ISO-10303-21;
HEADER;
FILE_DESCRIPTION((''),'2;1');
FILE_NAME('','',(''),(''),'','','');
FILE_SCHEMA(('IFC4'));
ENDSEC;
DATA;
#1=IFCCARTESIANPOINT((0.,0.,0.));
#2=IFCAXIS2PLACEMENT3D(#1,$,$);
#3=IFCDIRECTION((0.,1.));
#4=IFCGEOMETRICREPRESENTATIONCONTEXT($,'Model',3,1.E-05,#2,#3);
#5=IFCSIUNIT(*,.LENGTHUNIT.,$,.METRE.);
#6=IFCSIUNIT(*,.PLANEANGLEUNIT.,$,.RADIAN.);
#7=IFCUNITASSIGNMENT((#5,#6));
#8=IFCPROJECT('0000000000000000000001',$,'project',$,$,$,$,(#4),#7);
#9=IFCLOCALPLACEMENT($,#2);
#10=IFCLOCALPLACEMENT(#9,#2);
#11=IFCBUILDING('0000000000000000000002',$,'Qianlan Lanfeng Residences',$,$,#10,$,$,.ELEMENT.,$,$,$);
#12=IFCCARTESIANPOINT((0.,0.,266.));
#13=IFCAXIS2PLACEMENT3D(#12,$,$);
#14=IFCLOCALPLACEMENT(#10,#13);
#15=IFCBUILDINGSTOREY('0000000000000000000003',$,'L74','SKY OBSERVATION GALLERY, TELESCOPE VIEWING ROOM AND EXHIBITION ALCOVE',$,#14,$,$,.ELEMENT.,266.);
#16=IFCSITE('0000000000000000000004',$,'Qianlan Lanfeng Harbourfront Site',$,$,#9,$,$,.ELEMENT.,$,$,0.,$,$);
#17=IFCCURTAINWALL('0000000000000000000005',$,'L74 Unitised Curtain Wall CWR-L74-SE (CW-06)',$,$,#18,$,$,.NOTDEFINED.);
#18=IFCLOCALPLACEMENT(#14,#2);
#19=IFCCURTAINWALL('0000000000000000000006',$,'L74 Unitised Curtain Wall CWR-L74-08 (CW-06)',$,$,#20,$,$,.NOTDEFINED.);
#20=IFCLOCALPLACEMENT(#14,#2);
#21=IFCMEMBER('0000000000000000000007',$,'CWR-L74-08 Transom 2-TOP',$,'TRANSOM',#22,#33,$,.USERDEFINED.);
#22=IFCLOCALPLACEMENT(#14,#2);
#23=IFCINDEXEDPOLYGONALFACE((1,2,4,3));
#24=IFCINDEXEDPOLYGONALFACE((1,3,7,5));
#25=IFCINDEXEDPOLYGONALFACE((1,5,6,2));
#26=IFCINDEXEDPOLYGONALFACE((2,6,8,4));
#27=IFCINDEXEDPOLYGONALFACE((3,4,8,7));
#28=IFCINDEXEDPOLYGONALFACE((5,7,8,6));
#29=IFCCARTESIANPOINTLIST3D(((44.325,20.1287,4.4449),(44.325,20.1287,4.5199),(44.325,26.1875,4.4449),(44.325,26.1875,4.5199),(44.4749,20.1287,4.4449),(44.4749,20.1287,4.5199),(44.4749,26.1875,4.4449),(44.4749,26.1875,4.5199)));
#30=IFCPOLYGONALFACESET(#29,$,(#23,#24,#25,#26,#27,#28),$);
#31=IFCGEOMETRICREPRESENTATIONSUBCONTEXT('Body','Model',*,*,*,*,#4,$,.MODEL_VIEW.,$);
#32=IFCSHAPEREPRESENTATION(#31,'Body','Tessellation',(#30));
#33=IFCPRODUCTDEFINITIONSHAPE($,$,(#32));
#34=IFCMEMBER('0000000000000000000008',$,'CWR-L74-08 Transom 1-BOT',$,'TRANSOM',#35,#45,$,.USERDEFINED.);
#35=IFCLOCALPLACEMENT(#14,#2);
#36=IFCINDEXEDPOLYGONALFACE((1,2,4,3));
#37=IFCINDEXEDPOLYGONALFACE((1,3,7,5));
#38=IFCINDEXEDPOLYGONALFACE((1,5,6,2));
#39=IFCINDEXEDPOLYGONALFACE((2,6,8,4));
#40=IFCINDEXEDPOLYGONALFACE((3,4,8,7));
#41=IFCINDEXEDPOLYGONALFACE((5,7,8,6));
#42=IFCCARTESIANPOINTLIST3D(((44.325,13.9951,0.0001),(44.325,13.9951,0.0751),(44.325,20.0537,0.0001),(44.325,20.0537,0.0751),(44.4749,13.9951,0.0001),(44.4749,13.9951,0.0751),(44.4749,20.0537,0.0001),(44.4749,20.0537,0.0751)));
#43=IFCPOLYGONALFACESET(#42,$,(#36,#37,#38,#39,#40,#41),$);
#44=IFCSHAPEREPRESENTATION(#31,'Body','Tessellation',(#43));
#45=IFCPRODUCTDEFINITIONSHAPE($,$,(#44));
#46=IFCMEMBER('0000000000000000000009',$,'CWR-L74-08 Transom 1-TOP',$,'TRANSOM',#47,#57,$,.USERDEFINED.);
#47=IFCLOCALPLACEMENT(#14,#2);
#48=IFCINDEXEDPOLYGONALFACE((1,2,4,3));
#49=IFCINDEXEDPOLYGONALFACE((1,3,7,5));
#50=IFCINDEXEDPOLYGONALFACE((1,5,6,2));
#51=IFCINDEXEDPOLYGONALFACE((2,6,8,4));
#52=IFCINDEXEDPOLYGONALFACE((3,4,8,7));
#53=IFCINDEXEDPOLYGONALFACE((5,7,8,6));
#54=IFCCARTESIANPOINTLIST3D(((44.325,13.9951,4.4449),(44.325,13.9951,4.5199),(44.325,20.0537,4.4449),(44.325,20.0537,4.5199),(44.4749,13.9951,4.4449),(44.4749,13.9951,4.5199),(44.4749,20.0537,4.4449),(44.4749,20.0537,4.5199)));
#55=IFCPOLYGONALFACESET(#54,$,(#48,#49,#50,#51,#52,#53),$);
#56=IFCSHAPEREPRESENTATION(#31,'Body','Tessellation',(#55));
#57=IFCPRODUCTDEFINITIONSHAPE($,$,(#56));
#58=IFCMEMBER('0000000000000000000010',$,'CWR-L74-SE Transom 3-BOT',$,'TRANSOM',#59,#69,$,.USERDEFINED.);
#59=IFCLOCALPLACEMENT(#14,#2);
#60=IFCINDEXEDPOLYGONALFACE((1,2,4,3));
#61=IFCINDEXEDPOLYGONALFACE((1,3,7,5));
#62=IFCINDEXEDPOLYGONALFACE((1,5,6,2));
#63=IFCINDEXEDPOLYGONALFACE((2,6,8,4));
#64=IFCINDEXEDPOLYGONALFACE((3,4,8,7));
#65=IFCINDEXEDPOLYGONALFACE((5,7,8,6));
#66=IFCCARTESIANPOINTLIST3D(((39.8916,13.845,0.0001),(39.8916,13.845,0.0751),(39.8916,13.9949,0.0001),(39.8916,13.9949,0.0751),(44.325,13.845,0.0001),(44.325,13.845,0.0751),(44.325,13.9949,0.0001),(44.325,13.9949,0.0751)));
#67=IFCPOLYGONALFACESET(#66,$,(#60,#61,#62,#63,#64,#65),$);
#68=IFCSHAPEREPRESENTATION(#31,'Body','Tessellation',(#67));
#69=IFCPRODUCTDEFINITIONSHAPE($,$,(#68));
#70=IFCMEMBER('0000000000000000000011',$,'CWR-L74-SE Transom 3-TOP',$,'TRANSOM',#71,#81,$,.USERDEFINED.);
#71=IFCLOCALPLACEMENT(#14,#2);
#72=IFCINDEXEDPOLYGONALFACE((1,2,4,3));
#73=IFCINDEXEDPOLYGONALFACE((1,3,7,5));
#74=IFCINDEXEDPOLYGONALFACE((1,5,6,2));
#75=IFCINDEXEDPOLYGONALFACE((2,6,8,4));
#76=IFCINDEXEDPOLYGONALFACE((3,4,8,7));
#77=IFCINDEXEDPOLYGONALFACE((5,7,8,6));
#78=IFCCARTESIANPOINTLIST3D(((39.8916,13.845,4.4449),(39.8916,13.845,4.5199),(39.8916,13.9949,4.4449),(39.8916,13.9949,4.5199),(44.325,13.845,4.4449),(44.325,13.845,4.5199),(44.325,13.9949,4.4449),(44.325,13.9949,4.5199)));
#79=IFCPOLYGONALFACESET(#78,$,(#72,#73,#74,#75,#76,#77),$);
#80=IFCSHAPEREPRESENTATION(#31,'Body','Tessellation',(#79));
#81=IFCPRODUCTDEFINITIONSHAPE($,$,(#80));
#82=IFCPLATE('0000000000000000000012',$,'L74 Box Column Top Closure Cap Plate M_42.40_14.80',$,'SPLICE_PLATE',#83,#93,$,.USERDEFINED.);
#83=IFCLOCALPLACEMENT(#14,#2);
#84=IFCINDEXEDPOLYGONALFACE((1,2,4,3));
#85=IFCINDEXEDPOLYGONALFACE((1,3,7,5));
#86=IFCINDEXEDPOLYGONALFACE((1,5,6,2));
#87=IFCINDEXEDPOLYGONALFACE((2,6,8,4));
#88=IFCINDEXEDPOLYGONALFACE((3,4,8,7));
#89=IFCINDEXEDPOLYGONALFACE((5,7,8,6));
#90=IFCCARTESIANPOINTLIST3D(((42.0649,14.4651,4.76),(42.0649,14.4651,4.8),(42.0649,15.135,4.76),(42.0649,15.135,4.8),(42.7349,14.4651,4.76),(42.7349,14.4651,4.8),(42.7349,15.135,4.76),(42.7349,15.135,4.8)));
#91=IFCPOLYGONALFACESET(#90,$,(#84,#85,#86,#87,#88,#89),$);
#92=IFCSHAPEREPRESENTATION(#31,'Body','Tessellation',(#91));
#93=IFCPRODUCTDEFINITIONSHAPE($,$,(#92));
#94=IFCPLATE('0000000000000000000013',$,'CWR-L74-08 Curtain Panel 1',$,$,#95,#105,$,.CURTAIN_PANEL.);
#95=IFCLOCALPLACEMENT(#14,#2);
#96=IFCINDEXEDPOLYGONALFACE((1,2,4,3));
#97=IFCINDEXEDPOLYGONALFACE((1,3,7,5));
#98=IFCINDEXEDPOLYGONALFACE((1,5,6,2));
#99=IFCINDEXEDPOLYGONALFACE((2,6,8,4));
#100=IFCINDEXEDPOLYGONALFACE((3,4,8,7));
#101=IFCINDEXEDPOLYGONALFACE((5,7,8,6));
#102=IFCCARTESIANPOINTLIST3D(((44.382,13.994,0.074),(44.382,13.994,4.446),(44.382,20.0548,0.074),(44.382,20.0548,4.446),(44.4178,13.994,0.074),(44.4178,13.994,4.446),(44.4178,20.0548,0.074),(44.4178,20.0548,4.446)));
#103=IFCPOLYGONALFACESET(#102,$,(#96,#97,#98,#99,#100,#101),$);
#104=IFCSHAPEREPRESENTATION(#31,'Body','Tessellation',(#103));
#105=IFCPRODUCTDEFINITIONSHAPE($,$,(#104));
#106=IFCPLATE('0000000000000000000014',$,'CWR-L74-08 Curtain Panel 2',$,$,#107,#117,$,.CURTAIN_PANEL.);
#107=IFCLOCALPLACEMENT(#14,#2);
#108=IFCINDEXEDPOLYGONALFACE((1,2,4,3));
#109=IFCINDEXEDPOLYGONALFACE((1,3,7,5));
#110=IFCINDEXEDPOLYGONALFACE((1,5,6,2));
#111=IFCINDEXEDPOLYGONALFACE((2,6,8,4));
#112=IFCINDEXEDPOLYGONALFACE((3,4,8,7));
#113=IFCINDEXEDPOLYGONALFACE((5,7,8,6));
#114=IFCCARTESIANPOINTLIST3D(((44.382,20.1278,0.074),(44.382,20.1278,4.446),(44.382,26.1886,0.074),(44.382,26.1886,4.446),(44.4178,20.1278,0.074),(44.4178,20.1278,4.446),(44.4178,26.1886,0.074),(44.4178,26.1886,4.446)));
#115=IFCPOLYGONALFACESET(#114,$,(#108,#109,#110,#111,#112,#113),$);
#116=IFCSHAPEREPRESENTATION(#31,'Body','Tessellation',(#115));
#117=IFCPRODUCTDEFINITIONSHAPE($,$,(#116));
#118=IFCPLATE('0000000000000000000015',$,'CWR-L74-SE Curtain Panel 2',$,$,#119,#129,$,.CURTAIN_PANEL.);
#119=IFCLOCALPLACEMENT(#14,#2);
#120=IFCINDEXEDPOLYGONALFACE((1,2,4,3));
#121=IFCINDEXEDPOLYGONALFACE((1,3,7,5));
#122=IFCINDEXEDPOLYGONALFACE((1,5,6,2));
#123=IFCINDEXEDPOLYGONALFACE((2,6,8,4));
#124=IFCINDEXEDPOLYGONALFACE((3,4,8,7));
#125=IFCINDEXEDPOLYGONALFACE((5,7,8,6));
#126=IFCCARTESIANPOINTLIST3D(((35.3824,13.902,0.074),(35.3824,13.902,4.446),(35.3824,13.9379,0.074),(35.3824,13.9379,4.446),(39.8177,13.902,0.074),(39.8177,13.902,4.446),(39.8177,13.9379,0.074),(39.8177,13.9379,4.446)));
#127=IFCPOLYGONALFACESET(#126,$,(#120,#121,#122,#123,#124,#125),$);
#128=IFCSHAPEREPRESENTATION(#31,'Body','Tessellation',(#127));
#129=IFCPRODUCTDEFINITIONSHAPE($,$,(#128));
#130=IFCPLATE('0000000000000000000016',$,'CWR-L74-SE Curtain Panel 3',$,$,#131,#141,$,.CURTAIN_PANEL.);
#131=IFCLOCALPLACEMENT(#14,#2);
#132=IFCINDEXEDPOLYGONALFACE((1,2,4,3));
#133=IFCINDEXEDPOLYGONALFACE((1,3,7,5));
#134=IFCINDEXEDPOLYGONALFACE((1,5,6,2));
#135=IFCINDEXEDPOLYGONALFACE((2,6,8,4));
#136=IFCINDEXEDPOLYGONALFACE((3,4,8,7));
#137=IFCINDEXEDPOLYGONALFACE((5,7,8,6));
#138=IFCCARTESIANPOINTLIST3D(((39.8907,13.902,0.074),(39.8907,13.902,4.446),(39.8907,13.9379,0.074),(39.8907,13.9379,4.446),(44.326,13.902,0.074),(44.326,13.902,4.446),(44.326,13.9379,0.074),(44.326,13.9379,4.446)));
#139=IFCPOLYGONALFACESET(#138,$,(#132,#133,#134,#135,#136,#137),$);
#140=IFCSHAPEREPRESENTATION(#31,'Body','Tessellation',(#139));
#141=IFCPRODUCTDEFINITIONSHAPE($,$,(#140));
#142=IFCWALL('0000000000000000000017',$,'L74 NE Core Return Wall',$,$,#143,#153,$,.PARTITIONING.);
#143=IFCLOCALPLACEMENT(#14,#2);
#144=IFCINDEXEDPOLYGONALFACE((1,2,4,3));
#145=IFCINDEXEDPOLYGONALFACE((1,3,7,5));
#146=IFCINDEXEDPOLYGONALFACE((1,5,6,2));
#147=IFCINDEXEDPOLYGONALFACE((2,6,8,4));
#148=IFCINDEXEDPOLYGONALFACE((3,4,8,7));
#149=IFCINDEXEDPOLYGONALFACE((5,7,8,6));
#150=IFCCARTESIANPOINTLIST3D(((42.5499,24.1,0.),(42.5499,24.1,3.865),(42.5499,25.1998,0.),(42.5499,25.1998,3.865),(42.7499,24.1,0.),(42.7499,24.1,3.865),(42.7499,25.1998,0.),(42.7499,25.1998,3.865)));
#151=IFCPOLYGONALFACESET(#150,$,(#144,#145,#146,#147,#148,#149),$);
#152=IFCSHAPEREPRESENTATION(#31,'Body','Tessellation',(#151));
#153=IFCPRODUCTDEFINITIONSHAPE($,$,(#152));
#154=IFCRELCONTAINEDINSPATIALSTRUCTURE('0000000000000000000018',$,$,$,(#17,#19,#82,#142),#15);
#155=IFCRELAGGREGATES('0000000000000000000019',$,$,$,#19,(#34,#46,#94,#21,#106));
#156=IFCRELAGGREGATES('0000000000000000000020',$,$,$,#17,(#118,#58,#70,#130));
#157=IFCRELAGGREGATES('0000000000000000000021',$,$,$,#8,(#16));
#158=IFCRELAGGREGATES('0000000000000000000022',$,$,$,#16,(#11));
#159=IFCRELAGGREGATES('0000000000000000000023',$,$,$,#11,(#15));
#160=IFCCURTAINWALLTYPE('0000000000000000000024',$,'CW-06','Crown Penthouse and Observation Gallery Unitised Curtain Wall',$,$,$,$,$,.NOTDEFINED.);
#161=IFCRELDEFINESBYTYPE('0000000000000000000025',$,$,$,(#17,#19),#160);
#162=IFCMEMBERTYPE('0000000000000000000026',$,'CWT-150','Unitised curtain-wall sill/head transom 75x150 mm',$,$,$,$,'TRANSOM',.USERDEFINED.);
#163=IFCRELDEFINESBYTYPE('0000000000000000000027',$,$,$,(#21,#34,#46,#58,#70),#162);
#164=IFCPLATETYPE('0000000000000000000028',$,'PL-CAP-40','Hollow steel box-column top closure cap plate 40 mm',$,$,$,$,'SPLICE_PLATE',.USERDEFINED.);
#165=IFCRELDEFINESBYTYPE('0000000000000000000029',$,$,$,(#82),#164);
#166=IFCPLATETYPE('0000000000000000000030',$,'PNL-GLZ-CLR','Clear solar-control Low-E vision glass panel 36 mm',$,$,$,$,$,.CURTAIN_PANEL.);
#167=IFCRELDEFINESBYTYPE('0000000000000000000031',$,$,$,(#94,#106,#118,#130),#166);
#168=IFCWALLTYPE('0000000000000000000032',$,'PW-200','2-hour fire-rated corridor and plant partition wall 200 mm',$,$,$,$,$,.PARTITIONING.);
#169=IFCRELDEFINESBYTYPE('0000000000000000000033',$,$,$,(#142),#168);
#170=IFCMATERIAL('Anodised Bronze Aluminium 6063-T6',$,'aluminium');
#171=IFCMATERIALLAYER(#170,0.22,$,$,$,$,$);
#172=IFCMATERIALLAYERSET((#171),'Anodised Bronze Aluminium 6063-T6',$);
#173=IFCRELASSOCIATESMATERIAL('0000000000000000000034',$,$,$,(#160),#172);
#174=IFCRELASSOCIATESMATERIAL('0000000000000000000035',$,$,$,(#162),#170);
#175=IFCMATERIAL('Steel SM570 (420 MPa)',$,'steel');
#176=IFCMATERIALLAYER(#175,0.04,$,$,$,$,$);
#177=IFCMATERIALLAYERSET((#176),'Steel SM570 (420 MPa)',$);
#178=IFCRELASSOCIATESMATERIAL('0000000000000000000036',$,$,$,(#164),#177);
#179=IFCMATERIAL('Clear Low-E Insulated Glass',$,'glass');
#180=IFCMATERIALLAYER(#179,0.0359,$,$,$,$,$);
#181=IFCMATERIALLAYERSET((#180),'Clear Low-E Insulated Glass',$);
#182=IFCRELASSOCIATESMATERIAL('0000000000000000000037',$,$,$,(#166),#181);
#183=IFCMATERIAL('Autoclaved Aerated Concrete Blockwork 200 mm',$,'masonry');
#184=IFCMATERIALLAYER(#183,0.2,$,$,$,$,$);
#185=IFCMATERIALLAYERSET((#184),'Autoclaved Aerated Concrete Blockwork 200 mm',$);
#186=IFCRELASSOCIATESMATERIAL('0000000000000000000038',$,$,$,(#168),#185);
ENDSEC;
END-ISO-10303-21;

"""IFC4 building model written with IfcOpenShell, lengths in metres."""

from ifc_helpers import new_model, si_unit, direction, frame, frame_2d, origin, origin_2d, place, context, subcontext, project, spatial, rectangle, extrude, source, transform, mapped, material, layer, layer_set, material_profile, profile_set, type_object, element, aggregate, save


model = new_model("IFC4")

# Units and contexts
model_context = context("Model", 3, precision=1e-05, world=origin(), true_north=direction((0.0, 1.0)))
body_context = subcontext(model_context, "Body", "Model", "MODEL_VIEW")
ifc_project = project(units=[si_unit("LENGTHUNIT", "METRE"), si_unit("PLANEANGLEUNIT", "RADIAN")], contexts=[model_context])

# Site, building, storey
site_placement = place(None, origin())
site = spatial("IfcSite", under=ifc_project, at=site_placement, Name="Qianlan Lanfeng Harbourfront Site", CompositionType="ELEMENT", RefElevation=0.0)
building_placement = place(site_placement, origin())
building = spatial("IfcBuilding", under=site, at=building_placement, Name="Qianlan Lanfeng Residences", CompositionType="ELEMENT")
storey_placement = place(building_placement, frame((0.0, 0.0, 266.0)))
storey = spatial("IfcBuildingStorey", under=building, at=storey_placement, Name="L74", Description="SKY OBSERVATION GALLERY, TELESCOPE VIEWING ROOM AND EXHIBITION ALCOVE", CompositionType="ELEMENT", Elevation=266.0)

# Curtain walls, members
ifc_material_1 = material(Name="Anodised Bronze Aluminium 6063-T6", Category="aluminium")
ifc_layer_1 = layer(ifc_material_1, 0.22)
ifc_layer_set_1 = layer_set([ifc_layer_1], Name="Anodised Bronze Aluminium 6063-T6")
curtain_wall_type = type_object("IfcCurtainWallType", Name="CW-06", Description="Crown Penthouse and Observation Gallery Unitised Curtain Wall", PredefinedType="NOTDEFINED", material=ifc_layer_set_1)
curtain_wall_1_placement = place(storey_placement, origin())
curtain_wall_1 = element("IfcCurtainWall", 1, at=curtain_wall_1_placement, inside=storey, type_object=curtain_wall_type, Name="L74 Unitised Curtain Wall CWR-L74-SE (CW-06)", PredefinedType="NOTDEFINED")
curtain_wall_2_placement = place(storey_placement, origin())
curtain_wall_2 = element("IfcCurtainWall", 2, at=curtain_wall_2_placement, inside=storey, type_object=curtain_wall_type, Name="L74 Unitised Curtain Wall CWR-L74-08 (CW-06)", PredefinedType="NOTDEFINED")
ifc_material_profile_1 = material_profile(ifc_material_1, rectangle(XDim=0.075, YDim=0.1499, at=origin_2d()), Name="ALU TRANSOM 75x150")
ifc_profile_set_1 = profile_set([ifc_material_profile_1], Name="Anodised Bronze Aluminium 6063-T6")
member_type_1 = type_object("IfcMemberType", Name="CWT-150", Description="Unitised curtain-wall sill/head transom 75x150 mm", ElementType="TRANSOM", PredefinedType="USERDEFINED", material=ifc_profile_set_1)
shared_shape_1 = source(origin(), body_context, "Body", "SweptSolid", [
    extrude(rectangle(XDim=0.075, YDim=0.1499, at=origin_2d()), origin(), (0.0, 0.0, 1.0), 6.0588),
])
member_1_placement = place(storey_placement, frame((44.3999, 20.1287, 4.4824), z_axis=(0.0, 1.0, 0.0), x_axis=(0.0, 0.0, 1.0)))
member_1 = element("IfcMember", 3, at=member_1_placement, type_object=member_type_1, Name="CWR-L74-08 Transom 2-TOP", ObjectType="TRANSOM", PredefinedType="USERDEFINED", context=body_context, shape_type="MappedRepresentation", body=[
    mapped(shared_shape_1, transform((0.0, 0.0, 0.0), scale=1.0)),
])
shared_shape_2 = source(origin(), body_context, "Body", "SweptSolid", [
    extrude(rectangle(XDim=0.075, YDim=0.1499, at=origin_2d()), origin(), (0.0, 0.0, 1.0), 6.0586),
])
member_2_placement = place(storey_placement, frame((44.3999, 13.9951, 0.0376), z_axis=(0.0, 1.0, 0.0), x_axis=(0.0, 0.0, 1.0)))
member_2 = element("IfcMember", 4, at=member_2_placement, type_object=member_type_1, Name="CWR-L74-08 Transom 1-BOT", ObjectType="TRANSOM", PredefinedType="USERDEFINED", context=body_context, shape_type="MappedRepresentation", body=[
    mapped(shared_shape_2, transform((0.0, 0.0, 0.0), scale=1.0)),
])
member_3_placement = place(storey_placement, frame((44.3999, 13.9951, 4.4824), z_axis=(0.0, 1.0, 0.0), x_axis=(0.0, 0.0, 1.0)))
member_3 = element("IfcMember", 5, at=member_3_placement, type_object=member_type_1, Name="CWR-L74-08 Transom 1-TOP", ObjectType="TRANSOM", PredefinedType="USERDEFINED", context=body_context, shape_type="MappedRepresentation", body=[
    mapped(shared_shape_2, transform((0.0, 0.0, 0.0), scale=1.0)),
])

# Members
shared_shape_3 = source(origin(), body_context, "Body", "SweptSolid", [
    extrude(rectangle(XDim=0.075, YDim=0.1499, at=origin_2d()), origin(), (0.0, 0.0, 1.0), 4.4333),
])
member_4_placement = place(storey_placement, frame((39.8916, 13.9199, 0.0376), z_axis=(1.0, 0.0, 0.0), x_axis=(0.0, 0.0, 1.0)))
member_4 = element("IfcMember", 6, at=member_4_placement, type_object=member_type_1, Name="CWR-L74-SE Transom 3-BOT", ObjectType="TRANSOM", PredefinedType="USERDEFINED", context=body_context, shape_type="MappedRepresentation", body=[
    mapped(shared_shape_3, transform((0.0, 0.0, 0.0), scale=1.0)),
])
member_5_placement = place(storey_placement, frame((39.8916, 13.9199, 4.4824), z_axis=(1.0, 0.0, 0.0), x_axis=(0.0, 0.0, 1.0)))
member_5 = element("IfcMember", 7, at=member_5_placement, type_object=member_type_1, Name="CWR-L74-SE Transom 3-TOP", ObjectType="TRANSOM", PredefinedType="USERDEFINED", context=body_context, shape_type="MappedRepresentation", body=[
    mapped(shared_shape_3, transform((0.0, 0.0, 0.0), scale=1.0)),
])

# Plates
ifc_material_2 = material(Name="Steel SM570 (420 MPa)", Category="steel")
ifc_layer_2 = layer(ifc_material_2, 0.04)
ifc_layer_set_2 = layer_set([ifc_layer_2], Name="Steel SM570 (420 MPa)")
plate_type_1 = type_object("IfcPlateType", Name="PL-CAP-40", Description="Hollow steel box-column top closure cap plate 40 mm", ElementType="SPLICE_PLATE", PredefinedType="USERDEFINED", material=ifc_layer_set_2)
shared_shape_4 = source(origin(), body_context, "Body", "SweptSolid", [
    extrude(rectangle(XDim=0.6699, YDim=0.6699, at=origin_2d()), origin(), (0.0, 0.0, 1.0), 0.04),
])
plate_1_placement = place(storey_placement, frame((42.3999, 14.8, 4.76), z_axis=(0.0, 0.0, 1.0), x_axis=(1.0, 0.0, 0.0)))
element("IfcPlate", 8, at=plate_1_placement, inside=storey, type_object=plate_type_1, Name="L74 Box Column Top Closure Cap Plate M_42.40_14.80", ObjectType="SPLICE_PLATE", PredefinedType="USERDEFINED", context=body_context, shape_type="MappedRepresentation", body=[
    mapped(shared_shape_4, transform((0.0, 0.0, 0.0), scale=1.0)),
])
ifc_material_3 = material(Name="Clear Low-E Insulated Glass", Category="glass")
ifc_layer_3 = layer(ifc_material_3, 0.0359)
ifc_layer_set_3 = layer_set([ifc_layer_3], Name="Clear Low-E Insulated Glass")
plate_type_2 = type_object("IfcPlateType", Name="PNL-GLZ-CLR", Description="Clear solar-control Low-E vision glass panel 36 mm", PredefinedType="CURTAIN_PANEL", material=ifc_layer_set_3)
shared_shape_5 = source(origin(), body_context, "Body", "SweptSolid", [
    extrude(rectangle(XDim=6.0608, YDim=0.0359, at=origin_2d()), origin(), (0.0, 0.0, 1.0), 4.3721),
])
plate_2_placement = place(storey_placement, frame((44.3999, 17.0244, 0.074), z_axis=(0.0, 0.0, 1.0), x_axis=(0.0, 1.0, 0.0)))
plate_2 = element("IfcPlate", 9, at=plate_2_placement, type_object=plate_type_2, Name="CWR-L74-08 Curtain Panel 1", PredefinedType="CURTAIN_PANEL", context=body_context, shape_type="MappedRepresentation", body=[
    mapped(shared_shape_5, transform((0.0, 0.0, 0.0), scale=1.0)),
])
plate_3_placement = place(storey_placement, frame((44.3999, 23.1582, 0.074), z_axis=(0.0, 0.0, 1.0), x_axis=(0.0, 1.0, 0.0)))
plate_3 = element("IfcPlate", 10, at=plate_3_placement, type_object=plate_type_2, Name="CWR-L74-08 Curtain Panel 2", PredefinedType="CURTAIN_PANEL", context=body_context, shape_type="MappedRepresentation", body=[
    mapped(shared_shape_5, transform((0.0, 0.0, 0.0), scale=1.0)),
])
aggregate(curtain_wall_2, [member_2, member_3, plate_2, member_1, plate_3])
shared_shape_6 = source(origin(), body_context, "Body", "SweptSolid", [
    extrude(rectangle(XDim=4.4353, YDim=0.0359, at=origin_2d()), origin(), (0.0, 0.0, 1.0), 4.3721),
])
plate_4_placement = place(storey_placement, frame((37.6001, 13.9199, 0.074), z_axis=(0.0, 0.0, 1.0), x_axis=(1.0, 0.0, 0.0)))
plate_4 = element("IfcPlate", 11, at=plate_4_placement, type_object=plate_type_2, Name="CWR-L74-SE Curtain Panel 2", PredefinedType="CURTAIN_PANEL", context=body_context, shape_type="MappedRepresentation", body=[
    mapped(shared_shape_6, transform((0.0, 0.0, 0.0), scale=1.0)),
])
plate_5_placement = place(storey_placement, frame((42.1084, 13.9199, 0.074), z_axis=(0.0, 0.0, 1.0), x_axis=(1.0, 0.0, 0.0)))
plate_5 = element("IfcPlate", 12, at=plate_5_placement, type_object=plate_type_2, Name="CWR-L74-SE Curtain Panel 3", PredefinedType="CURTAIN_PANEL", context=body_context, shape_type="MappedRepresentation", body=[
    mapped(shared_shape_6, transform((0.0, 0.0, 0.0), scale=1.0)),
])
aggregate(curtain_wall_1, [plate_4, member_4, member_5, plate_5])

# Wall
ifc_material_4 = material(Name="Autoclaved Aerated Concrete Blockwork 200 mm", Category="masonry")
ifc_layer_4 = layer(ifc_material_4, 0.2)
ifc_layer_set_4 = layer_set([ifc_layer_4], Name="Autoclaved Aerated Concrete Blockwork 200 mm")
wall_type_1 = type_object("IfcWallType", Name="PW-200", Description="2-hour fire-rated corridor and plant partition wall 200 mm", PredefinedType="PARTITIONING", material=ifc_layer_set_4)
wall_1_placement = place(storey_placement, frame((42.6499, 24.1001, 0.0), z_axis=(0.0, 0.0, 1.0), x_axis=(0.0, 1.0, 0.0)))
element("IfcWall", 13, at=wall_1_placement, inside=storey, type_object=wall_type_1, Name="L74 NE Core Return Wall", PredefinedType="PARTITIONING", context=body_context, shape_type="SweptSolid", body=[
    extrude(rectangle(XDim=1.0999, YDim=0.2, at=frame_2d((0.5498, 0.0))), origin(), (0.0, 0.0, 1.0), 3.865),
])

save(model, "model.ifc")
